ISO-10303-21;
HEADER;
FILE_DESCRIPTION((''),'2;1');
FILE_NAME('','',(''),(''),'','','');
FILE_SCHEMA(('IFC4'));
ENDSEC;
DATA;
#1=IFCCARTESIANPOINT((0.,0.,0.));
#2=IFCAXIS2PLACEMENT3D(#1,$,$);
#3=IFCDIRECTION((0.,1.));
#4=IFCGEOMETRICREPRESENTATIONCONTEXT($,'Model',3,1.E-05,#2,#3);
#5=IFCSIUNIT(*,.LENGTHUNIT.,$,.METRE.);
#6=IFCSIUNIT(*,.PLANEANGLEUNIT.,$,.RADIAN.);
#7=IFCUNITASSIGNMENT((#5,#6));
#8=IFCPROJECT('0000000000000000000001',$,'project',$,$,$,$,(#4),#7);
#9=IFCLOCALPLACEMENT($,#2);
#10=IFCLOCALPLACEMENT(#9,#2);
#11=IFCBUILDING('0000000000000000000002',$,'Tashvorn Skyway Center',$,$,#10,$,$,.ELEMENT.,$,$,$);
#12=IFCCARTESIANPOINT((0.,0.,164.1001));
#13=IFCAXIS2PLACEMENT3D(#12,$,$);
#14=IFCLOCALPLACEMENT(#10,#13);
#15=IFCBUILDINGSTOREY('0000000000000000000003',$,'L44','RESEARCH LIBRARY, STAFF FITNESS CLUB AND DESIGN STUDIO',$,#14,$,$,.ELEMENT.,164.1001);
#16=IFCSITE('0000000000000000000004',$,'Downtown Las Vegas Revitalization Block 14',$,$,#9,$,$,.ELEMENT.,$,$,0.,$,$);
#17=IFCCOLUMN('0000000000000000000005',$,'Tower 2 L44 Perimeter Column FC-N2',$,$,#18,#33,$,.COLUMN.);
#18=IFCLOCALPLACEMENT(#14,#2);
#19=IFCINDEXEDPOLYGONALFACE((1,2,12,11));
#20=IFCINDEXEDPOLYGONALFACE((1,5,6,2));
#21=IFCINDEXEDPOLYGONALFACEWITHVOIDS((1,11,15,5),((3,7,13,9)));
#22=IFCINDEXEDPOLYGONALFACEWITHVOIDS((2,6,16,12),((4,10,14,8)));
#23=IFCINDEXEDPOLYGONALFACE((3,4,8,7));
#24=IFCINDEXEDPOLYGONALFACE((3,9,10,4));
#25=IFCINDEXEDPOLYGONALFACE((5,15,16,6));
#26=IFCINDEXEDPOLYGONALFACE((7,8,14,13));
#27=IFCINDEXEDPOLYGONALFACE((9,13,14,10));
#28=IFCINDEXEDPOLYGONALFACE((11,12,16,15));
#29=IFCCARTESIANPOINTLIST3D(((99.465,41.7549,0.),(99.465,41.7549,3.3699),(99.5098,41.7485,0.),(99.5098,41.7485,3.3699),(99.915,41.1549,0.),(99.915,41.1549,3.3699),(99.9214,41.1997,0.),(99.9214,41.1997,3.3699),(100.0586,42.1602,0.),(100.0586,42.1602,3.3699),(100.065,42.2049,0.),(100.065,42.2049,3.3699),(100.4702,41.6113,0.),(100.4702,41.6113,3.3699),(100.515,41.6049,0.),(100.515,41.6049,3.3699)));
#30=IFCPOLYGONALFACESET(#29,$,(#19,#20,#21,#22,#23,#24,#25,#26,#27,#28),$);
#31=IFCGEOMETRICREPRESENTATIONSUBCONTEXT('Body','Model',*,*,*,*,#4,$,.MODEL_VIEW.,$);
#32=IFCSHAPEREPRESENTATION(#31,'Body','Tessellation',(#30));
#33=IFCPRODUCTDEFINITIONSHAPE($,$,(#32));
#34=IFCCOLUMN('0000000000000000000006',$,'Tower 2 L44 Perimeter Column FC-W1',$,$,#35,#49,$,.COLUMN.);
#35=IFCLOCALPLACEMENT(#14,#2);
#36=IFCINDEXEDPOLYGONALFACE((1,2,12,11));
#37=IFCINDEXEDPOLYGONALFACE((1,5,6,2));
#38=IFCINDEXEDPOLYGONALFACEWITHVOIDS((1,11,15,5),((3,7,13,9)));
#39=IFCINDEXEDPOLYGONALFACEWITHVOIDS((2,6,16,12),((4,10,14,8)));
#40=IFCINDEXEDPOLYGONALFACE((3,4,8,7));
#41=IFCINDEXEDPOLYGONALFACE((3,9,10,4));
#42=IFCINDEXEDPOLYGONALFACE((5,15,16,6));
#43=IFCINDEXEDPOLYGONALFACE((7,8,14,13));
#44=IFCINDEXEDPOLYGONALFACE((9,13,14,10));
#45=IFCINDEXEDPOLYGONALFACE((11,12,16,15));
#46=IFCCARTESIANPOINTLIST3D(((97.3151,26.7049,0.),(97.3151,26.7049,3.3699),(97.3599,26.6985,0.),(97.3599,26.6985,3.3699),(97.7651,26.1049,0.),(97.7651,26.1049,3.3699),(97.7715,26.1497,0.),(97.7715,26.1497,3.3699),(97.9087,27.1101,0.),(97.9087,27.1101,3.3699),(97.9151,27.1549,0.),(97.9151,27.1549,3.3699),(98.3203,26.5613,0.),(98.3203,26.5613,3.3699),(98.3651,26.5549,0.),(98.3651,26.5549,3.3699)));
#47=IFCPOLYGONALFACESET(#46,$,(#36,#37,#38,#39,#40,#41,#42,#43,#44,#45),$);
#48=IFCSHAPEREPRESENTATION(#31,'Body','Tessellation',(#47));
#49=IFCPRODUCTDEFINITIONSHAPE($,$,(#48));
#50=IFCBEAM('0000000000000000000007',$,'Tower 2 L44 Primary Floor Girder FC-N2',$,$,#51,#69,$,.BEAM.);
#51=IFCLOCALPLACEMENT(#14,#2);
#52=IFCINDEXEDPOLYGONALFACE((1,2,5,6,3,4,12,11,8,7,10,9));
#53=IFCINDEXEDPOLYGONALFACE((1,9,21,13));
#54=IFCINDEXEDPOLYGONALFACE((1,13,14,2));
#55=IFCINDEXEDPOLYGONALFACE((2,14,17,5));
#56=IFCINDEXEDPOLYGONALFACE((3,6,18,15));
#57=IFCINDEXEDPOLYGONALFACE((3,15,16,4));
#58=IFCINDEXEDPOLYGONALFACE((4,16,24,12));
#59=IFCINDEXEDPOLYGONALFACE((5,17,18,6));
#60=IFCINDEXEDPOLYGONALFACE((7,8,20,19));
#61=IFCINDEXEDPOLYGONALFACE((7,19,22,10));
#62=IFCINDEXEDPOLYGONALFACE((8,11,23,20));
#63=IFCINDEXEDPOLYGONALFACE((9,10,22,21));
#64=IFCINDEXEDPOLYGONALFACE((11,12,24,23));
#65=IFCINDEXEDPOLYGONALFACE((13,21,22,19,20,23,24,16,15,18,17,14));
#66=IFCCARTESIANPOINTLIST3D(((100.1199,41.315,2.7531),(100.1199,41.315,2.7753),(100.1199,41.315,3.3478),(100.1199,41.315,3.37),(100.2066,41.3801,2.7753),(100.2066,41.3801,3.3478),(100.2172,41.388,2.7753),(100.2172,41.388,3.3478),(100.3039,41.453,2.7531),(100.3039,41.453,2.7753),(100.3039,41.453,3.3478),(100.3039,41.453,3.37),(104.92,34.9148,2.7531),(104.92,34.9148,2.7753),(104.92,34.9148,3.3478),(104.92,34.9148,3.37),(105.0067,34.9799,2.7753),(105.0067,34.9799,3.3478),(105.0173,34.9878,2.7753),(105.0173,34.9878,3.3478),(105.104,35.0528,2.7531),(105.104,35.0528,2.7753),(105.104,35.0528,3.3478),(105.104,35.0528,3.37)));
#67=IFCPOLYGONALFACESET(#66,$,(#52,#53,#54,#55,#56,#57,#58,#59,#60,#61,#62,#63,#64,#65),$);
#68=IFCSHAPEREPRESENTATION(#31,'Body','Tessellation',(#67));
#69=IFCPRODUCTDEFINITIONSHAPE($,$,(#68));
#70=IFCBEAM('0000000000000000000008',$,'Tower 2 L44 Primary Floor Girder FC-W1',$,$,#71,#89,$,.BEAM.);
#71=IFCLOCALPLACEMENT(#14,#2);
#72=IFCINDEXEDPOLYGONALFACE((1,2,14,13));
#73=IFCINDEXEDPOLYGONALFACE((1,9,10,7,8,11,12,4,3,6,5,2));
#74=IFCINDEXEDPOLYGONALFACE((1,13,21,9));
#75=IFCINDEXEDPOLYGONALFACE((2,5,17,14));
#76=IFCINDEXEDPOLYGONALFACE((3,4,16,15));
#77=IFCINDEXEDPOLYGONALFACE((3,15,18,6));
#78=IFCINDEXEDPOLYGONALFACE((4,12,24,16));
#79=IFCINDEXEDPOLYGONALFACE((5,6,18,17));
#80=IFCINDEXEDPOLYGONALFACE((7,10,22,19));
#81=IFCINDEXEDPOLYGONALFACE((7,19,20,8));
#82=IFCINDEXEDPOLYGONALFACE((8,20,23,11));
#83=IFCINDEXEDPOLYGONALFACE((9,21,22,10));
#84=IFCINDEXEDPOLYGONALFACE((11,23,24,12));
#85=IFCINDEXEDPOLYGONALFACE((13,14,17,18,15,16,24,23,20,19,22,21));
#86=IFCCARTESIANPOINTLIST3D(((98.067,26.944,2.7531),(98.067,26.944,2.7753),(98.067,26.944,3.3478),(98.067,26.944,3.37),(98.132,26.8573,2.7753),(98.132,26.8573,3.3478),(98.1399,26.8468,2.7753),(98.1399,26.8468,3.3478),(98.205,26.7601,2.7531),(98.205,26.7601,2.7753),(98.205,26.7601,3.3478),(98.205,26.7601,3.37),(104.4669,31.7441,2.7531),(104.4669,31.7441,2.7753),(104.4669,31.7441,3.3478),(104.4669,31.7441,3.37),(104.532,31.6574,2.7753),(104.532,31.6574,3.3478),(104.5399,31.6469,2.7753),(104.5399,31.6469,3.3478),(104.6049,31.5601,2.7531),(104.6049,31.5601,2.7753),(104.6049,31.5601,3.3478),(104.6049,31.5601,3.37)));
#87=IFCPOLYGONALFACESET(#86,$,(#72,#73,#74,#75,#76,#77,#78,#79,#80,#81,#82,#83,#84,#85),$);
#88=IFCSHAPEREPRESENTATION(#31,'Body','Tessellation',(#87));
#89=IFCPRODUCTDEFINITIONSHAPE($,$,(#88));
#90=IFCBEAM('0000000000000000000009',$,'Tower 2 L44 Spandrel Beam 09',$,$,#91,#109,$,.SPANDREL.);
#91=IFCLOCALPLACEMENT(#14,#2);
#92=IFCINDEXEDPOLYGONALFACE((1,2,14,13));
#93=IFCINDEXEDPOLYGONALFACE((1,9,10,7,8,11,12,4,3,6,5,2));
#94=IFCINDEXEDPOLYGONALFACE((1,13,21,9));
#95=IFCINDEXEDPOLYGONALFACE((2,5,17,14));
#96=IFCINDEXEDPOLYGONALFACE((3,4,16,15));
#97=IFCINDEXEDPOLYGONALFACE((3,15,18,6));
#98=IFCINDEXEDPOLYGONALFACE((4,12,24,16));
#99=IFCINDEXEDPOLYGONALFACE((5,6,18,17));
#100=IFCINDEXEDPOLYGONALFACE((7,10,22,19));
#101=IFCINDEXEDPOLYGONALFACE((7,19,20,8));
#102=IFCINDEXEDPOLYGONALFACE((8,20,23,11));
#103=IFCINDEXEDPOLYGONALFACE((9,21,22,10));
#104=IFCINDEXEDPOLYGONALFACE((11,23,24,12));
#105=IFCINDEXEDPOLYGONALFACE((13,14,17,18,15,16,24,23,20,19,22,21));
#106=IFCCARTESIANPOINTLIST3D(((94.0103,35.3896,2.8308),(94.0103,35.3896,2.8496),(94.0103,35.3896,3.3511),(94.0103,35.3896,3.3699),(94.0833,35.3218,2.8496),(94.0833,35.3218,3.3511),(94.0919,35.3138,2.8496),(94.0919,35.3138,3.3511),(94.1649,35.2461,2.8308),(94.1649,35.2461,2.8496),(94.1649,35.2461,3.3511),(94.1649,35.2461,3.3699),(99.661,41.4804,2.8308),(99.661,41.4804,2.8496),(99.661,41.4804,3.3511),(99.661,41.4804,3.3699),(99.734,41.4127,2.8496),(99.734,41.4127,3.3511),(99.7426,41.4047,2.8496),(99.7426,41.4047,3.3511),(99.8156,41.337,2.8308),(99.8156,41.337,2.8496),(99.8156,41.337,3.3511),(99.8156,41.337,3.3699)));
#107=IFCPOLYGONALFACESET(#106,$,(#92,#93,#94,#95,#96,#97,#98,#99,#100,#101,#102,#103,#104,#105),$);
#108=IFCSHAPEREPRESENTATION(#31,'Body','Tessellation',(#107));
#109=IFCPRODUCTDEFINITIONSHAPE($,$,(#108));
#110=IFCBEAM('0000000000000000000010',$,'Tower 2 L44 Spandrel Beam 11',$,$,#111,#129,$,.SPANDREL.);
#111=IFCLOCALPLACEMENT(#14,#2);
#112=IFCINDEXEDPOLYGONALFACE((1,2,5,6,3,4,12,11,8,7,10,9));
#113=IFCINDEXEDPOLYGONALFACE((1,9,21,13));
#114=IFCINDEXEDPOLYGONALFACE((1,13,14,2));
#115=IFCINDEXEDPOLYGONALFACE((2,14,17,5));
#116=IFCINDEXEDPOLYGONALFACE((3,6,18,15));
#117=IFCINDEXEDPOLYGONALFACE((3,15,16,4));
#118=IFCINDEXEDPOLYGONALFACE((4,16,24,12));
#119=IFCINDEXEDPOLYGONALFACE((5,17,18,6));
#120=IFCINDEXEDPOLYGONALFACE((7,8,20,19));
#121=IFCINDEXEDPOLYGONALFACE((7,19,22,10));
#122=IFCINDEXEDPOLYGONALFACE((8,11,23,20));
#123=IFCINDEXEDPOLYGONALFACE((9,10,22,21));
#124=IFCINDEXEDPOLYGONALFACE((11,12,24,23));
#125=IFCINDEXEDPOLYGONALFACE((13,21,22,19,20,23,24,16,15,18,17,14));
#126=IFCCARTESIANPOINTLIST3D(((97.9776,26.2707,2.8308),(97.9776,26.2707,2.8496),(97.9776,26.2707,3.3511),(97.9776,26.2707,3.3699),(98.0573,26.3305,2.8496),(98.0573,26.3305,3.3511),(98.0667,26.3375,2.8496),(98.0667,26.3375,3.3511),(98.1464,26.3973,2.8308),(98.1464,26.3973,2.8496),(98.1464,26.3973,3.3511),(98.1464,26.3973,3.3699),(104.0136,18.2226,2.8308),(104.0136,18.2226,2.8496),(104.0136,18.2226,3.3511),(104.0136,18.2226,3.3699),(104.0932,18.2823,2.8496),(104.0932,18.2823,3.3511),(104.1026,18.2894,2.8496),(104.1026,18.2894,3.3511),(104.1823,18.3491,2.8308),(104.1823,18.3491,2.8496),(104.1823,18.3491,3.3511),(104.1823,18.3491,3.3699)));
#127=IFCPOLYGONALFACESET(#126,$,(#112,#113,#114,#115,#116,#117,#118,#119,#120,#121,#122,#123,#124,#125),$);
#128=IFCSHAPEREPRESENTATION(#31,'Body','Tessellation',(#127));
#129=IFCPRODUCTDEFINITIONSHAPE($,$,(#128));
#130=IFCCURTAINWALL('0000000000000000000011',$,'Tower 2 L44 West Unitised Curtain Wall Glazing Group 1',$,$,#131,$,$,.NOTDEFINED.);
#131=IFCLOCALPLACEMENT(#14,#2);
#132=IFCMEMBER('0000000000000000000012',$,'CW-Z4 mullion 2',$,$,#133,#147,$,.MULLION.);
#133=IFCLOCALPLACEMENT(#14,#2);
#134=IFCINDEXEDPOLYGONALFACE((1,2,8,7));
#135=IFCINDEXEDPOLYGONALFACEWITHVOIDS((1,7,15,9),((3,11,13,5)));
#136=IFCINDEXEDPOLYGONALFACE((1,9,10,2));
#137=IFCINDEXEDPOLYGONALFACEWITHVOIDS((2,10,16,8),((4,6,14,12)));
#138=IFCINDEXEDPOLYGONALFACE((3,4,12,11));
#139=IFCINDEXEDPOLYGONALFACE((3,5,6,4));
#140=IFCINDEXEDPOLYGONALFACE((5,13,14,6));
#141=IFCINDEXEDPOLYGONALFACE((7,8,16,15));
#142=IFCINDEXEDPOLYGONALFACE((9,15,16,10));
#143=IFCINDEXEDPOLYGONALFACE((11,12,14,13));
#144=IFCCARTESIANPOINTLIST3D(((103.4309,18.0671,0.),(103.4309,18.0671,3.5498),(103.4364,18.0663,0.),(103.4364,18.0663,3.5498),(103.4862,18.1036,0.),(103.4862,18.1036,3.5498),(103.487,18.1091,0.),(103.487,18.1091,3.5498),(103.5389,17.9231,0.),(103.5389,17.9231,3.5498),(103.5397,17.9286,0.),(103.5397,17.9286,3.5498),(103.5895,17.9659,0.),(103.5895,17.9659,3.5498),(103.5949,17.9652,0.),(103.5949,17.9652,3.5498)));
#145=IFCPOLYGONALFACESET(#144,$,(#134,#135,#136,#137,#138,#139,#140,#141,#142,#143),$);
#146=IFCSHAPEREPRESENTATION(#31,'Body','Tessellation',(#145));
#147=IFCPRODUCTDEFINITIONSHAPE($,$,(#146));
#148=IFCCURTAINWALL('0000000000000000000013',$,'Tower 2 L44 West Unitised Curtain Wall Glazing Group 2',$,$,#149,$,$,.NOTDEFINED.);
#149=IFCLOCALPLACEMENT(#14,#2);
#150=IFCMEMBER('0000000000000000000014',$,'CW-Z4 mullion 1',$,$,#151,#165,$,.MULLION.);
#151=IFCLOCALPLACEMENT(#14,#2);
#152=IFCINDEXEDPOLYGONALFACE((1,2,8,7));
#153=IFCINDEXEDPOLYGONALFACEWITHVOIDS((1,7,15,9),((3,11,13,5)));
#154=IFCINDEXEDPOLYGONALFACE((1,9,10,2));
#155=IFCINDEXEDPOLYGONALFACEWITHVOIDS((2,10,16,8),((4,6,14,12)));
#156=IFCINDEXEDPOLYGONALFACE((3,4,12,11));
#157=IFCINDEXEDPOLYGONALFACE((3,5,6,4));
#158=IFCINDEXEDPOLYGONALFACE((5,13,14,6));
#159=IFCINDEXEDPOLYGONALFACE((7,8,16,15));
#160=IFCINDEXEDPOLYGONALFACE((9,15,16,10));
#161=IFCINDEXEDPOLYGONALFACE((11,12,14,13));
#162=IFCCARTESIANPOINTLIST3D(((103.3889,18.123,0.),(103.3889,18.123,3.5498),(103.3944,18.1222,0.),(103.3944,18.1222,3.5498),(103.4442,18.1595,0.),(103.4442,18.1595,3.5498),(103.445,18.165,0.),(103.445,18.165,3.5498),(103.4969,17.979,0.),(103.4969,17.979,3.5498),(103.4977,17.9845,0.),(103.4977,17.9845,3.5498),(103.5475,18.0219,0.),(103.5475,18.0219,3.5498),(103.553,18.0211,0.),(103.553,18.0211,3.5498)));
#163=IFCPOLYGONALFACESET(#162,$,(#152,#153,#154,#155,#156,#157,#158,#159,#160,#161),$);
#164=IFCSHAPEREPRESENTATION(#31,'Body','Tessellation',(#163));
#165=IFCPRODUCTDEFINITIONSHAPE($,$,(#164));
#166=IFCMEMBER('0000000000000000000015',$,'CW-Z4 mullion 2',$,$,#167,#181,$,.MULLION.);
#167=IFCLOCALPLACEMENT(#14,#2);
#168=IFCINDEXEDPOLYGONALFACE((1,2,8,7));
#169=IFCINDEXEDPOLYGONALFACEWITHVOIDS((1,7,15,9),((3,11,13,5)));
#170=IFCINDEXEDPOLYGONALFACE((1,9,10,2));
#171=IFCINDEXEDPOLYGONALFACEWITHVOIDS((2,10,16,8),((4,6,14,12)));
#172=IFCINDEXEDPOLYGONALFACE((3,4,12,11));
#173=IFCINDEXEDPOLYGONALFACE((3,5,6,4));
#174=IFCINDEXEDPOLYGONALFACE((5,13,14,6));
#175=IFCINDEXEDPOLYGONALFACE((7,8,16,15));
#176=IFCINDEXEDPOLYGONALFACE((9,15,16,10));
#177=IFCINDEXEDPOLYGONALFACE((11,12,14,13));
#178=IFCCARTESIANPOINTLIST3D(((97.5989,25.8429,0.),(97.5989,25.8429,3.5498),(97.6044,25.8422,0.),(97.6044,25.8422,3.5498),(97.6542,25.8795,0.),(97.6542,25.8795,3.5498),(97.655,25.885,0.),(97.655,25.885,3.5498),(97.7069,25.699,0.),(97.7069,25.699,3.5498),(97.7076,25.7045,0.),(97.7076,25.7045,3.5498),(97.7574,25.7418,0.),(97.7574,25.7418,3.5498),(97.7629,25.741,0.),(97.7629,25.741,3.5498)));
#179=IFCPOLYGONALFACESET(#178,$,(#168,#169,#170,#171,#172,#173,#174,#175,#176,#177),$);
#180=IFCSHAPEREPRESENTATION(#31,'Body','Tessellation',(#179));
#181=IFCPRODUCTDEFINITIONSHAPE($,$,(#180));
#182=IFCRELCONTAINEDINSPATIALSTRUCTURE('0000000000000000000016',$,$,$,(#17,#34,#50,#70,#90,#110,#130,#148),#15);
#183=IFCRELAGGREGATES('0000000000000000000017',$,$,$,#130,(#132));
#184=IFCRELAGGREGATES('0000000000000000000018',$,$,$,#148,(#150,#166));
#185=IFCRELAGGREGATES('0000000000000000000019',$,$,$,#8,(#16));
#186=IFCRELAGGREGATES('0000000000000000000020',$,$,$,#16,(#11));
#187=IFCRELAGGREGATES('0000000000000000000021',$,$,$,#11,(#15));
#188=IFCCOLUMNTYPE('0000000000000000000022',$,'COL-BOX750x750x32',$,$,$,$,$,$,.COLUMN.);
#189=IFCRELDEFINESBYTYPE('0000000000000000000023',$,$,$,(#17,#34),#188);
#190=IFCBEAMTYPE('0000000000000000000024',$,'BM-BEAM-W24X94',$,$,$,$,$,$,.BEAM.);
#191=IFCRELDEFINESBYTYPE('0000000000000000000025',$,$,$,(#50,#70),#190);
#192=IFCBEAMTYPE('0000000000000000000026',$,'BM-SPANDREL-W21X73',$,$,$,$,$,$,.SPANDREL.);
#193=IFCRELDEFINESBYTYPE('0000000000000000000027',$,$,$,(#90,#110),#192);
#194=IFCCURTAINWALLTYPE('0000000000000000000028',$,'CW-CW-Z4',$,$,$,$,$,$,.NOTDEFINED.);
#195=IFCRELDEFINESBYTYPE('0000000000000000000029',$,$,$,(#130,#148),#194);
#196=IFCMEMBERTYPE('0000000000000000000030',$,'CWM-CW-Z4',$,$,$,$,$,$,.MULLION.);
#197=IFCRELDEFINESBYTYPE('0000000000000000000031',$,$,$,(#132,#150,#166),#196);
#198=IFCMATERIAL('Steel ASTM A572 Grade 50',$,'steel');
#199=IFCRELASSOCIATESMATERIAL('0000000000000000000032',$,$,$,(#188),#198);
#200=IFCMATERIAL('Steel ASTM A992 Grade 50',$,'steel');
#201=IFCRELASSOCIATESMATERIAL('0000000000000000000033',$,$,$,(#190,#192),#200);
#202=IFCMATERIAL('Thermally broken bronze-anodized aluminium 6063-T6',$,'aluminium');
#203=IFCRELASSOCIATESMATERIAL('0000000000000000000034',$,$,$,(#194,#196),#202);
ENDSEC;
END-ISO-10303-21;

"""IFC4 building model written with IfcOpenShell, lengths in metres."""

from ifc_helpers import new_model, si_unit, direction, frame, origin, origin_2d, place, context, subcontext, project, spatial, hollow_rectangle, i_section, extrude, material, material_profile, profile_set, type_object, element, aggregate, save


model = new_model("IFC4")

# Units and contexts
model_context = context("Model", 3, precision=1e-05, world=origin(), true_north=direction((0.0, 1.0)))
body_context = subcontext(model_context, "Body", "Model", "MODEL_VIEW")
ifc_project = project(units=[si_unit("LENGTHUNIT", "METRE"), si_unit("PLANEANGLEUNIT", "RADIAN")], contexts=[model_context])

# Site, building, storey
site_placement = place(None, origin())
site = spatial("IfcSite", under=ifc_project, at=site_placement, Name="Downtown Las Vegas Revitalization Block 14", CompositionType="ELEMENT", RefElevation=0.0)
building_placement = place(site_placement, origin())
building = spatial("IfcBuilding", under=site, at=building_placement, Name="Tashvorn Skyway Center", CompositionType="ELEMENT")
storey_placement = place(building_placement, frame((0.0, 0.0, 164.1001)))
storey = spatial("IfcBuildingStorey", under=building, at=storey_placement, Name="L44", Description="RESEARCH LIBRARY, STAFF FITNESS CLUB AND DESIGN STUDIO", CompositionType="ELEMENT", Elevation=164.1001)

# Columns
ifc_material_1 = material(Name="Steel ASTM A572 Grade 50", Category="steel")
ifc_material_profile_1 = material_profile(ifc_material_1, hollow_rectangle(XDim=0.75, YDim=0.75, WallThickness=0.032, at=origin_2d()), Name="BOX750x750x32")
ifc_profile_set_1 = profile_set([ifc_material_profile_1], Name="Steel ASTM A572 Grade 50")
column_type = type_object("IfcColumnType", Name="COL-BOX750x750x32", PredefinedType="COLUMN", material=ifc_profile_set_1)
for number, where, z_axis, x_axis, name in (
    (1, (99.99, 41.6799, 0.0), (0.0, 0.0, 1.0), (0.8, 0.6, 0.0), "Tower 2 L44 Perimeter Column FC-N2"),
    (2, (97.8401, 26.6299, 0.0), (0.0, 0.0, 1.0), (0.8, 0.6, 0.0), "Tower 2 L44 Perimeter Column FC-W1"),
):
    element("IfcColumn", number, at=place(storey_placement, frame(where, z_axis=z_axis, x_axis=x_axis)), inside=storey, type_object=column_type, Name=name, PredefinedType="COLUMN", context=body_context, shape_type="SweptSolid", body=[
        extrude(hollow_rectangle(XDim=0.75, YDim=0.75, WallThickness=0.032, at=origin_2d()), origin(), (0.0, 0.0, 1.0), 3.3699),
    ])

# Beams
ifc_material_2 = material(Name="Steel ASTM A992 Grade 50", Category="steel")
ifc_material_profile_2 = material_profile(ifc_material_2, i_section(OverallWidth=0.23, OverallDepth=0.6169, WebThickness=0.0132, FlangeThickness=0.0222, at=origin_2d()), Name="W24X94")
ifc_profile_set_2 = profile_set([ifc_material_profile_2], Name="Steel ASTM A992 Grade 50")
beam_type_1 = type_object("IfcBeamType", Name="BM-BEAM-W24X94", PredefinedType="BEAM", material=ifc_profile_set_2)
beam_1_placement = place(storey_placement, frame((100.2119, 41.384, 3.0615), z_axis=(0.599995, -0.800004, 0.0), x_axis=(0.800004, 0.599995, 0.0)))
element("IfcBeam", 3, at=beam_1_placement, inside=storey, type_object=beam_type_1, Name="Tower 2 L44 Primary Floor Girder FC-N2", PredefinedType="BEAM", context=body_context, shape_type="SweptSolid", body=[
    extrude(i_section(OverallWidth=0.23, OverallDepth=0.6169, WebThickness=0.0132, FlangeThickness=0.0222, at=origin_2d()), origin(), (0.0, 0.0, 1.0), 8.0002),
])
beam_2_placement = place(storey_placement, frame((98.136, 26.8521, 3.0615), z_axis=(0.799993, 0.60001, 0.0), x_axis=(-0.60001, 0.799993, 0.0)))
element("IfcBeam", 4, at=beam_2_placement, inside=storey, type_object=beam_type_1, Name="Tower 2 L44 Primary Floor Girder FC-W1", PredefinedType="BEAM", context=body_context, shape_type="SweptSolid", body=[
    extrude(i_section(OverallWidth=0.23, OverallDepth=0.6169, WebThickness=0.0132, FlangeThickness=0.0222, at=origin_2d()), origin(), (0.0, 0.0, 1.0), 8.0),
])
ifc_material_profile_3 = material_profile(ifc_material_2, i_section(OverallWidth=0.2109, OverallDepth=0.5391, WebThickness=0.0117, FlangeThickness=0.0188, at=origin_2d()), Name="W21X73")
ifc_profile_set_3 = profile_set([ifc_material_profile_3], Name="Steel ASTM A992 Grade 50")
beam_type_2 = type_object("IfcBeamType", Name="BM-SPANDREL-W21X73", PredefinedType="SPANDREL", material=ifc_profile_set_3)
beam_3_placement = place(storey_placement, frame((99.7383, 41.4087, 3.1003), z_axis=(-0.68012, -0.733101, 0.0), x_axis=(0.733101, -0.68012, 0.0)))
element("IfcBeam", 5, at=beam_3_placement, inside=storey, type_object=beam_type_2, Name="Tower 2 L44 Spandrel Beam 09", PredefinedType="SPANDREL", context=body_context, shape_type="SweptSolid", body=[
    extrude(i_section(OverallWidth=0.2109, OverallDepth=0.5391, WebThickness=0.0117, FlangeThickness=0.0188, at=origin_2d()), origin(), (0.0, 0.0, 1.0), 8.3083),
])
beam_4_placement = place(storey_placement, frame((98.062, 26.334, 3.1003), z_axis=(0.599988, -0.800009, 0.0), x_axis=(0.800009, 0.599988, 0.0)))
element("IfcBeam", 6, at=beam_4_placement, inside=storey, type_object=beam_type_2, Name="Tower 2 L44 Spandrel Beam 11", PredefinedType="SPANDREL", context=body_context, shape_type="SweptSolid", body=[
    extrude(i_section(OverallWidth=0.2109, OverallDepth=0.5391, WebThickness=0.0117, FlangeThickness=0.0188, at=origin_2d()), origin(), (0.0, 0.0, 1.0), 10.0601),
])

# Curtain wall, member
ifc_material_3 = material(Name="Thermally broken bronze-anodized aluminium 6063-T6", Category="aluminium")
curtain_wall_type = type_object("IfcCurtainWallType", Name="CW-CW-Z4", PredefinedType="NOTDEFINED", material=ifc_material_3)
curtain_wall_1_placement = place(storey_placement, origin())
curtain_wall_1 = element("IfcCurtainWall", 7, at=curtain_wall_1_placement, inside=storey, type_object=curtain_wall_type, Name="Tower 2 L44 West Unitised Curtain Wall Glazing Group 1", PredefinedType="NOTDEFINED")
ifc_material_profile_4 = material_profile(ifc_material_3, hollow_rectangle(XDim=0.0701, YDim=0.1799, WallThickness=0.0039, at=origin_2d()), Name="ALU-MULL-70x180")
ifc_profile_set_4 = profile_set([ifc_material_profile_4], Name="Thermally broken bronze-anodized aluminium 6063-T6")
member_type_1 = type_object("IfcMemberType", Name="CWM-CW-Z4", PredefinedType="MULLION", material=ifc_profile_set_4)
member_1_placement = place(storey_placement, frame((103.5129, 18.0161, 0.0), z_axis=(0.0, 0.0, 1.0), x_axis=(-0.8, -0.6, 0.0)))
member_1 = element("IfcMember", 8, at=member_1_placement, type_object=member_type_1, Name="CW-Z4 mullion 2", PredefinedType="MULLION", context=body_context, shape_type="SweptSolid", body=[
    extrude(hollow_rectangle(XDim=0.0701, YDim=0.1799, WallThickness=0.0039, at=origin_2d()), origin(), (0.0, 0.0, 1.0), 3.5498),
])
aggregate(curtain_wall_1, [member_1])

# Curtain wall, members
curtain_wall_2_placement = place(storey_placement, origin())
curtain_wall_2 = element("IfcCurtainWall", 9, at=curtain_wall_2_placement, inside=storey, type_object=curtain_wall_type, Name="Tower 2 L44 West Unitised Curtain Wall Glazing Group 2", PredefinedType="NOTDEFINED")
member_2_placement = place(storey_placement, frame((103.4709, 18.072, 0.0), z_axis=(0.0, 0.0, 1.0), x_axis=(-0.8, -0.6, 0.0)))
member_2 = element("IfcMember", 10, at=member_2_placement, type_object=member_type_1, Name="CW-Z4 mullion 1", PredefinedType="MULLION", context=body_context, shape_type="SweptSolid", body=[
    extrude(hollow_rectangle(XDim=0.0701, YDim=0.1799, WallThickness=0.0039, at=origin_2d()), origin(), (0.0, 0.0, 1.0), 3.5498),
])
member_3_placement = place(storey_placement, frame((97.6809, 25.792, 0.0), z_axis=(0.0, 0.0, 1.0), x_axis=(-0.8, -0.6, 0.0)))
member_3 = element("IfcMember", 11, at=member_3_placement, type_object=member_type_1, Name="CW-Z4 mullion 2", PredefinedType="MULLION", context=body_context, shape_type="SweptSolid", body=[
    extrude(hollow_rectangle(XDim=0.0701, YDim=0.1799, WallThickness=0.0039, at=origin_2d()), origin(), (0.0, 0.0, 1.0), 3.5498),
])

aggregate(curtain_wall_2, [member_2, member_3])

save(model, "model.ifc")
